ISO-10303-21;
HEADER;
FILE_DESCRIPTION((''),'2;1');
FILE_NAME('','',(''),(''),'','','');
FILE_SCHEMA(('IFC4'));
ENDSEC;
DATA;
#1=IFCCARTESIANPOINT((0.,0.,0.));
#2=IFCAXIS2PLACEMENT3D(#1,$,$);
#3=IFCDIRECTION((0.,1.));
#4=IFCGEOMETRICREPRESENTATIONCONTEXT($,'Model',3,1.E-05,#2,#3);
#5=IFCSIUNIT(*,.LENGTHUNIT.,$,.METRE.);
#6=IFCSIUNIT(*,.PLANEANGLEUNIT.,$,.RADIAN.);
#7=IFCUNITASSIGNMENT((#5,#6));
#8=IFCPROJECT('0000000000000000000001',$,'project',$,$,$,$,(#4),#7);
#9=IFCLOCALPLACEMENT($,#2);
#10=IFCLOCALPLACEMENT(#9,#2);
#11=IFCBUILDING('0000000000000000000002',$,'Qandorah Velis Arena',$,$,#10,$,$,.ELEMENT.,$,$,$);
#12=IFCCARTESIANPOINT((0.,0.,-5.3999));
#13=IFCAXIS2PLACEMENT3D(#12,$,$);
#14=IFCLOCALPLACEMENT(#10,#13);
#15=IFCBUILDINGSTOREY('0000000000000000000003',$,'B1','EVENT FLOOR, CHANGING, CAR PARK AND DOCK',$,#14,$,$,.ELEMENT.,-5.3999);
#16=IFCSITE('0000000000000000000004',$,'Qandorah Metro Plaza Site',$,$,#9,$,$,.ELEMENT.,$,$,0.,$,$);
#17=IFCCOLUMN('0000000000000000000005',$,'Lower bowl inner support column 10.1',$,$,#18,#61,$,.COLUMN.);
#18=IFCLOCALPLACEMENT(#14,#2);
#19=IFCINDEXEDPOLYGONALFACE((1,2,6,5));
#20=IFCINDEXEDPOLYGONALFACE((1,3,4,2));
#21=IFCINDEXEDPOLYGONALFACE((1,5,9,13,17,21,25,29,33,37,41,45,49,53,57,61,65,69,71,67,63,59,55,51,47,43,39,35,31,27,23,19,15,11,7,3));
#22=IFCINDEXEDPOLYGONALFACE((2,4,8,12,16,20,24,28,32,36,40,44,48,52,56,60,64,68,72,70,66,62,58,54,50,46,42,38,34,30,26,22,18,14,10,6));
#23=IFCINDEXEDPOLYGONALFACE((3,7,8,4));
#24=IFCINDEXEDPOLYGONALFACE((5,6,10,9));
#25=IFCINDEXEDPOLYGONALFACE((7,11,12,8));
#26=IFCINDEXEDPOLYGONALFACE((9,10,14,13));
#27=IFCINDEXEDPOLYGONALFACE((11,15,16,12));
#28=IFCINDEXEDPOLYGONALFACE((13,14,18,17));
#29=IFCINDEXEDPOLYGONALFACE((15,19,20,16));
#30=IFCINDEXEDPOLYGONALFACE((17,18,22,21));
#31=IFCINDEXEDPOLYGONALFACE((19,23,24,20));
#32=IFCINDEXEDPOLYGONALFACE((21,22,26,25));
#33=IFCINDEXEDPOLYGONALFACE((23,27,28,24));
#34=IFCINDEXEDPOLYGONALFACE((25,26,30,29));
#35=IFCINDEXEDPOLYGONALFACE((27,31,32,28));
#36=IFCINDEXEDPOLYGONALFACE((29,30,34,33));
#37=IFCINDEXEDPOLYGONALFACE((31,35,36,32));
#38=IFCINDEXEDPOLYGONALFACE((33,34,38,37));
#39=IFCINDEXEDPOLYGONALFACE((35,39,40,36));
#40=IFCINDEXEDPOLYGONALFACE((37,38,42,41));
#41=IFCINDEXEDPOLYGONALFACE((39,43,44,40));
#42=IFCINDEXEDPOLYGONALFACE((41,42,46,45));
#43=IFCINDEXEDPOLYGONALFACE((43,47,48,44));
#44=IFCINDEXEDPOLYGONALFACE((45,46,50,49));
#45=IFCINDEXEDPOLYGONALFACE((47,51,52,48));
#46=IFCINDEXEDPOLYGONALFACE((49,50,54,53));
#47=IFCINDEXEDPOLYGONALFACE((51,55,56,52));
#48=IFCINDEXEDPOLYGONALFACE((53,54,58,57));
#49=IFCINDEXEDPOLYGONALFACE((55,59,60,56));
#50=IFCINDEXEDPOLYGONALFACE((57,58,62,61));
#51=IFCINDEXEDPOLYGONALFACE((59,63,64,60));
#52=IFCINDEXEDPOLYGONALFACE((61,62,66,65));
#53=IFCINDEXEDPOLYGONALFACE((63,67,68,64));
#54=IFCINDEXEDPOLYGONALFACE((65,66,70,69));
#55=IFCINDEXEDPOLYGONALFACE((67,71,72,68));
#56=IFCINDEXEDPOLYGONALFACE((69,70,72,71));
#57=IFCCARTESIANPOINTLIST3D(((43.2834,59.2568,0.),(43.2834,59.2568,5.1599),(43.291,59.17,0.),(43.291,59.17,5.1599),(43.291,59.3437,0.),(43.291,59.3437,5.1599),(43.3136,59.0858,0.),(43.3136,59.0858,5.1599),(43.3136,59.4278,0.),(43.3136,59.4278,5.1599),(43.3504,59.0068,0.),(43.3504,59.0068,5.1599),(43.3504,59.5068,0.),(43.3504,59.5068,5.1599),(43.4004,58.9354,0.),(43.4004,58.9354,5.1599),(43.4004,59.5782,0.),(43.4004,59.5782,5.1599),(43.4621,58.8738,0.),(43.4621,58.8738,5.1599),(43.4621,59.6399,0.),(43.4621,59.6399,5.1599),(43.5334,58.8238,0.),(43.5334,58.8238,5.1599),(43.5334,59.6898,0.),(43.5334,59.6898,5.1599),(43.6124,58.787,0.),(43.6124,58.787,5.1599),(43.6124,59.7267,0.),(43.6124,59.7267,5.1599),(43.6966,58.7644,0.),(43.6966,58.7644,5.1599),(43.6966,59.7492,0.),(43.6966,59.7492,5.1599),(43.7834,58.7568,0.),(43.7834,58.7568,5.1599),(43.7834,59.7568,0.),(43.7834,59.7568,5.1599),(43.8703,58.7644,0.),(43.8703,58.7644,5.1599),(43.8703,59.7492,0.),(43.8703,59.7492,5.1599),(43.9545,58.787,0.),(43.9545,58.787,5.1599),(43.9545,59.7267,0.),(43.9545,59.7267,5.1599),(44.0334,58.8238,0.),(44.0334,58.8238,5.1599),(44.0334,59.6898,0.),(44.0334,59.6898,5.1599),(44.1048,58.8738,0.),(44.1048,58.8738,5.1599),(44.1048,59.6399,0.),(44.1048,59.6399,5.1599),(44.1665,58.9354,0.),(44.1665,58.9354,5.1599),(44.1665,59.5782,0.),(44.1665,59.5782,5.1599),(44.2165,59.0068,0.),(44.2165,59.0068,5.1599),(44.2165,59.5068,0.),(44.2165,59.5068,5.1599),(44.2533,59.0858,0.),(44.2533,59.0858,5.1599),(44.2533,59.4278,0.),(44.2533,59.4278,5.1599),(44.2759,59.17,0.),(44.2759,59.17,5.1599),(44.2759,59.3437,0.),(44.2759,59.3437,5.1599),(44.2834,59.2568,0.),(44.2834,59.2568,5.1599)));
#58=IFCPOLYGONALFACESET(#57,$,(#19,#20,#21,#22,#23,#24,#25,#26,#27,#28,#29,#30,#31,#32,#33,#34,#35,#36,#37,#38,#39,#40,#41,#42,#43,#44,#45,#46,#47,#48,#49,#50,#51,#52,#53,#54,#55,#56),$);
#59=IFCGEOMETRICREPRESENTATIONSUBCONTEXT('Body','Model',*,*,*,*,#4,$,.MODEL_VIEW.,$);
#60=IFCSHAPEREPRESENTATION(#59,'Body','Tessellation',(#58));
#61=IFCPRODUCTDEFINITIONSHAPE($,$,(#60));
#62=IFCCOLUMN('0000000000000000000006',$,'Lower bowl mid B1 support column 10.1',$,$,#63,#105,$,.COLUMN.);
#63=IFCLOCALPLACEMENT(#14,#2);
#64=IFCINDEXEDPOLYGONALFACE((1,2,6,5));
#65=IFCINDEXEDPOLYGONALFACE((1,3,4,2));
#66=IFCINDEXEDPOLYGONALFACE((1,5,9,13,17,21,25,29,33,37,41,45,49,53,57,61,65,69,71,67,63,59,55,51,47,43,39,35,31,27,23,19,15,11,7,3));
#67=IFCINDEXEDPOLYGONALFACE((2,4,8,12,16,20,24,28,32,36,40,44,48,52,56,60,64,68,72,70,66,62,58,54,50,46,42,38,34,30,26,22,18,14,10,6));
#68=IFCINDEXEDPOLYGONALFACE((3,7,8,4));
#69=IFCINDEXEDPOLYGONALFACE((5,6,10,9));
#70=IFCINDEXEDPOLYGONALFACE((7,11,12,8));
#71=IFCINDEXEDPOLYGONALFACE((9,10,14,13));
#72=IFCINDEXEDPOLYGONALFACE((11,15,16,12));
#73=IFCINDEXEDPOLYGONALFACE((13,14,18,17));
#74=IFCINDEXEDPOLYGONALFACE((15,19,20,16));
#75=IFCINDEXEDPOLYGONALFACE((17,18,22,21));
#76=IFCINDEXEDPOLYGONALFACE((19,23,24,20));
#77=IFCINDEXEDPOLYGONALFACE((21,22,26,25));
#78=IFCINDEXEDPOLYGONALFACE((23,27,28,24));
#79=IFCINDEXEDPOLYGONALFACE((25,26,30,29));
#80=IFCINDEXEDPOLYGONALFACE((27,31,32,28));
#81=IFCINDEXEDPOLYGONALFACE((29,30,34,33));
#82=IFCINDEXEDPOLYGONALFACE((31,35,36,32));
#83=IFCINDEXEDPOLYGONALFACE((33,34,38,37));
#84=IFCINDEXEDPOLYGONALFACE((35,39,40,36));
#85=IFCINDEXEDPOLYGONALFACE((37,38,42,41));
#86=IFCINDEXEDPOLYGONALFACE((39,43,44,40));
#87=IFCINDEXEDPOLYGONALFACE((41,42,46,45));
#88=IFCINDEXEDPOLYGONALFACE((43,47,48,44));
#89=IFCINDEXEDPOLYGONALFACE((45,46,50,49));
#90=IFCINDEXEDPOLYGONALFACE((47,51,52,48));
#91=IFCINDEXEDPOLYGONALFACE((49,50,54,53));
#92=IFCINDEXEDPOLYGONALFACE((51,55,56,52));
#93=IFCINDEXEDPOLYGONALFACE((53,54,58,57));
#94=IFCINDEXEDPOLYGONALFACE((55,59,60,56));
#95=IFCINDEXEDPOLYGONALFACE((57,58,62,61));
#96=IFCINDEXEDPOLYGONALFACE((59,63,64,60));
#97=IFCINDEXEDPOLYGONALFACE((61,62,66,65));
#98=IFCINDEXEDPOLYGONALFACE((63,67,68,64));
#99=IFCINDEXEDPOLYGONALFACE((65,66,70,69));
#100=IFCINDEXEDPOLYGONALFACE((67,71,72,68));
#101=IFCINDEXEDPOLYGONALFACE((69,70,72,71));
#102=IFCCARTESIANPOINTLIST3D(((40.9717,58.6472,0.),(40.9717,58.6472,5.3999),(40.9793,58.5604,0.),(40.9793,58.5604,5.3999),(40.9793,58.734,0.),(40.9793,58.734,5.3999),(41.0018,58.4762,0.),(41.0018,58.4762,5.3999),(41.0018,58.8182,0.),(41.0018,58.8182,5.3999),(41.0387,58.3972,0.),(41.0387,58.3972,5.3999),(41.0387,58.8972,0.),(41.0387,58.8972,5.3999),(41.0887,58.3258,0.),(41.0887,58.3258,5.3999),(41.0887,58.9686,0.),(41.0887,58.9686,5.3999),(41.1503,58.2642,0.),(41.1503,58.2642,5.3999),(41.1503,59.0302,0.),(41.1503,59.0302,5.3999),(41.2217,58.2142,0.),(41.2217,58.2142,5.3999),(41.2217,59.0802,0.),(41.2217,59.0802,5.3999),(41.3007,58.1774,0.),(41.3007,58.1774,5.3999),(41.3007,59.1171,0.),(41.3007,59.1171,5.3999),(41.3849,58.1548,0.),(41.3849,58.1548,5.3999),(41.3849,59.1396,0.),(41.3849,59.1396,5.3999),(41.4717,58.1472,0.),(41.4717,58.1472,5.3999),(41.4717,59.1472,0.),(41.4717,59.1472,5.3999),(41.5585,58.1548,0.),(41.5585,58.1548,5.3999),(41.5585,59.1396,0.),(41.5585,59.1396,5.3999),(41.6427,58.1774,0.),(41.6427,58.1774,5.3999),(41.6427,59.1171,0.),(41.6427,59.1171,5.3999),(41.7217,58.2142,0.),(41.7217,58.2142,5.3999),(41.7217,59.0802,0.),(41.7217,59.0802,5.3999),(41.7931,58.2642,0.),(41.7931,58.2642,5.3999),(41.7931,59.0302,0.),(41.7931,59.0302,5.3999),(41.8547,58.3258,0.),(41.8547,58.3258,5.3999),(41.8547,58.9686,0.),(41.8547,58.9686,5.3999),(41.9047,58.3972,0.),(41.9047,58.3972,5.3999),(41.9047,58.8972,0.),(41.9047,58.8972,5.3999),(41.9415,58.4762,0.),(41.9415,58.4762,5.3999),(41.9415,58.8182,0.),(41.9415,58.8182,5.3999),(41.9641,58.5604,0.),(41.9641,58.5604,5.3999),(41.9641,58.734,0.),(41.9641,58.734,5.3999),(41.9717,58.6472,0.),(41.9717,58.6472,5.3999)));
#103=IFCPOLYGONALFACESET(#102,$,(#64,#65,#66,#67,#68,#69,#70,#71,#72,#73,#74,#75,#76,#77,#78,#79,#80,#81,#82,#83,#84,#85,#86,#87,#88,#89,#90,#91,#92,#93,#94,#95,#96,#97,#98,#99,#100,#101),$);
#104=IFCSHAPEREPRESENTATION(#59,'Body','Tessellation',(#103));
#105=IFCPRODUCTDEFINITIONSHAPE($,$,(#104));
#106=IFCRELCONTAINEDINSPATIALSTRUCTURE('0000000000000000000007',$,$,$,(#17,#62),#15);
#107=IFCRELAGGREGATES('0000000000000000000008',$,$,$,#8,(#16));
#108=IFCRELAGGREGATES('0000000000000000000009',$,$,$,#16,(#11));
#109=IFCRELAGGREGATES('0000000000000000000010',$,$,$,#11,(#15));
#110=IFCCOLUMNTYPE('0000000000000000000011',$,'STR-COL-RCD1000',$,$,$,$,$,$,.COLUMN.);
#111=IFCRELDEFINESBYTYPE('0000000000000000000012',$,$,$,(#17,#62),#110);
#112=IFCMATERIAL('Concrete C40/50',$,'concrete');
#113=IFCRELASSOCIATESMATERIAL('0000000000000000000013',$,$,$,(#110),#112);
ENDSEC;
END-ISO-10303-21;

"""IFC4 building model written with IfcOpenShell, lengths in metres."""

from ifc_helpers import new_model, si_unit, direction, frame, origin, origin_2d, place, context, subcontext, project, spatial, circle, extrude, material, material_profile, profile_set, type_object, element, save


model = new_model("IFC4")

# Units and contexts
model_context = context("Model", 3, precision=1e-05, world=origin(), true_north=direction((0.0, 1.0)))
body_context = subcontext(model_context, "Body", "Model", "MODEL_VIEW")
ifc_project = project(units=[si_unit("LENGTHUNIT", "METRE"), si_unit("PLANEANGLEUNIT", "RADIAN")], contexts=[model_context])

# Site, building, storey
site_placement = place(None, origin())
site = spatial("IfcSite", under=ifc_project, at=site_placement, Name="Qandorah Metro Plaza Site", CompositionType="ELEMENT", RefElevation=0.0)
building_placement = place(site_placement, origin())
building = spatial("IfcBuilding", under=site, at=building_placement, Name="Qandorah Velis Arena", CompositionType="ELEMENT")
storey_placement = place(building_placement, frame((0.0, 0.0, -5.3999)))
storey = spatial("IfcBuildingStorey", under=building, at=storey_placement, Name="B1", Description="EVENT FLOOR, CHANGING, CAR PARK AND DOCK", CompositionType="ELEMENT", Elevation=-5.3999)

# Shared definitions
ifc_material = material(Name="Concrete C40/50", Category="concrete")

# Columns
ifc_material_profile_1 = material_profile(ifc_material, circle(Radius=0.5, at=origin_2d()), Name="RC D1000")
ifc_profile_set_1 = profile_set([ifc_material_profile_1], Name="Concrete C40/50")
column_type_1 = type_object("IfcColumnType", Name="STR-COL-RCD1000", PredefinedType="COLUMN", material=ifc_profile_set_1)
column_1_placement = place(storey_placement, frame((43.7834, 59.2568, 0.0), z_axis=(0.0, 0.0, 1.0), x_axis=(1.0, 0.0, 0.0)))
element("IfcColumn", 1, at=column_1_placement, inside=storey, type_object=column_type_1, Name="Lower bowl inner support column 10.1", PredefinedType="COLUMN", context=body_context, shape_type="SweptSolid", body=[
    extrude(circle(Radius=0.5, at=origin_2d()), origin(), (0.0, 0.0, 1.0), 5.1599),
])
column_2_placement = place(storey_placement, frame((41.4717, 58.6472, 0.0), z_axis=(0.0, 0.0, 1.0), x_axis=(1.0, 0.0, 0.0)))
element("IfcColumn", 2, at=column_2_placement, inside=storey, type_object=column_type_1, Name="Lower bowl mid B1 support column 10.1", PredefinedType="COLUMN", context=body_context, shape_type="SweptSolid", body=[
    extrude(circle(Radius=0.5, at=origin_2d()), origin(), (0.0, 0.0, 1.0), 5.3999),
])

save(model, "model.ifc")
